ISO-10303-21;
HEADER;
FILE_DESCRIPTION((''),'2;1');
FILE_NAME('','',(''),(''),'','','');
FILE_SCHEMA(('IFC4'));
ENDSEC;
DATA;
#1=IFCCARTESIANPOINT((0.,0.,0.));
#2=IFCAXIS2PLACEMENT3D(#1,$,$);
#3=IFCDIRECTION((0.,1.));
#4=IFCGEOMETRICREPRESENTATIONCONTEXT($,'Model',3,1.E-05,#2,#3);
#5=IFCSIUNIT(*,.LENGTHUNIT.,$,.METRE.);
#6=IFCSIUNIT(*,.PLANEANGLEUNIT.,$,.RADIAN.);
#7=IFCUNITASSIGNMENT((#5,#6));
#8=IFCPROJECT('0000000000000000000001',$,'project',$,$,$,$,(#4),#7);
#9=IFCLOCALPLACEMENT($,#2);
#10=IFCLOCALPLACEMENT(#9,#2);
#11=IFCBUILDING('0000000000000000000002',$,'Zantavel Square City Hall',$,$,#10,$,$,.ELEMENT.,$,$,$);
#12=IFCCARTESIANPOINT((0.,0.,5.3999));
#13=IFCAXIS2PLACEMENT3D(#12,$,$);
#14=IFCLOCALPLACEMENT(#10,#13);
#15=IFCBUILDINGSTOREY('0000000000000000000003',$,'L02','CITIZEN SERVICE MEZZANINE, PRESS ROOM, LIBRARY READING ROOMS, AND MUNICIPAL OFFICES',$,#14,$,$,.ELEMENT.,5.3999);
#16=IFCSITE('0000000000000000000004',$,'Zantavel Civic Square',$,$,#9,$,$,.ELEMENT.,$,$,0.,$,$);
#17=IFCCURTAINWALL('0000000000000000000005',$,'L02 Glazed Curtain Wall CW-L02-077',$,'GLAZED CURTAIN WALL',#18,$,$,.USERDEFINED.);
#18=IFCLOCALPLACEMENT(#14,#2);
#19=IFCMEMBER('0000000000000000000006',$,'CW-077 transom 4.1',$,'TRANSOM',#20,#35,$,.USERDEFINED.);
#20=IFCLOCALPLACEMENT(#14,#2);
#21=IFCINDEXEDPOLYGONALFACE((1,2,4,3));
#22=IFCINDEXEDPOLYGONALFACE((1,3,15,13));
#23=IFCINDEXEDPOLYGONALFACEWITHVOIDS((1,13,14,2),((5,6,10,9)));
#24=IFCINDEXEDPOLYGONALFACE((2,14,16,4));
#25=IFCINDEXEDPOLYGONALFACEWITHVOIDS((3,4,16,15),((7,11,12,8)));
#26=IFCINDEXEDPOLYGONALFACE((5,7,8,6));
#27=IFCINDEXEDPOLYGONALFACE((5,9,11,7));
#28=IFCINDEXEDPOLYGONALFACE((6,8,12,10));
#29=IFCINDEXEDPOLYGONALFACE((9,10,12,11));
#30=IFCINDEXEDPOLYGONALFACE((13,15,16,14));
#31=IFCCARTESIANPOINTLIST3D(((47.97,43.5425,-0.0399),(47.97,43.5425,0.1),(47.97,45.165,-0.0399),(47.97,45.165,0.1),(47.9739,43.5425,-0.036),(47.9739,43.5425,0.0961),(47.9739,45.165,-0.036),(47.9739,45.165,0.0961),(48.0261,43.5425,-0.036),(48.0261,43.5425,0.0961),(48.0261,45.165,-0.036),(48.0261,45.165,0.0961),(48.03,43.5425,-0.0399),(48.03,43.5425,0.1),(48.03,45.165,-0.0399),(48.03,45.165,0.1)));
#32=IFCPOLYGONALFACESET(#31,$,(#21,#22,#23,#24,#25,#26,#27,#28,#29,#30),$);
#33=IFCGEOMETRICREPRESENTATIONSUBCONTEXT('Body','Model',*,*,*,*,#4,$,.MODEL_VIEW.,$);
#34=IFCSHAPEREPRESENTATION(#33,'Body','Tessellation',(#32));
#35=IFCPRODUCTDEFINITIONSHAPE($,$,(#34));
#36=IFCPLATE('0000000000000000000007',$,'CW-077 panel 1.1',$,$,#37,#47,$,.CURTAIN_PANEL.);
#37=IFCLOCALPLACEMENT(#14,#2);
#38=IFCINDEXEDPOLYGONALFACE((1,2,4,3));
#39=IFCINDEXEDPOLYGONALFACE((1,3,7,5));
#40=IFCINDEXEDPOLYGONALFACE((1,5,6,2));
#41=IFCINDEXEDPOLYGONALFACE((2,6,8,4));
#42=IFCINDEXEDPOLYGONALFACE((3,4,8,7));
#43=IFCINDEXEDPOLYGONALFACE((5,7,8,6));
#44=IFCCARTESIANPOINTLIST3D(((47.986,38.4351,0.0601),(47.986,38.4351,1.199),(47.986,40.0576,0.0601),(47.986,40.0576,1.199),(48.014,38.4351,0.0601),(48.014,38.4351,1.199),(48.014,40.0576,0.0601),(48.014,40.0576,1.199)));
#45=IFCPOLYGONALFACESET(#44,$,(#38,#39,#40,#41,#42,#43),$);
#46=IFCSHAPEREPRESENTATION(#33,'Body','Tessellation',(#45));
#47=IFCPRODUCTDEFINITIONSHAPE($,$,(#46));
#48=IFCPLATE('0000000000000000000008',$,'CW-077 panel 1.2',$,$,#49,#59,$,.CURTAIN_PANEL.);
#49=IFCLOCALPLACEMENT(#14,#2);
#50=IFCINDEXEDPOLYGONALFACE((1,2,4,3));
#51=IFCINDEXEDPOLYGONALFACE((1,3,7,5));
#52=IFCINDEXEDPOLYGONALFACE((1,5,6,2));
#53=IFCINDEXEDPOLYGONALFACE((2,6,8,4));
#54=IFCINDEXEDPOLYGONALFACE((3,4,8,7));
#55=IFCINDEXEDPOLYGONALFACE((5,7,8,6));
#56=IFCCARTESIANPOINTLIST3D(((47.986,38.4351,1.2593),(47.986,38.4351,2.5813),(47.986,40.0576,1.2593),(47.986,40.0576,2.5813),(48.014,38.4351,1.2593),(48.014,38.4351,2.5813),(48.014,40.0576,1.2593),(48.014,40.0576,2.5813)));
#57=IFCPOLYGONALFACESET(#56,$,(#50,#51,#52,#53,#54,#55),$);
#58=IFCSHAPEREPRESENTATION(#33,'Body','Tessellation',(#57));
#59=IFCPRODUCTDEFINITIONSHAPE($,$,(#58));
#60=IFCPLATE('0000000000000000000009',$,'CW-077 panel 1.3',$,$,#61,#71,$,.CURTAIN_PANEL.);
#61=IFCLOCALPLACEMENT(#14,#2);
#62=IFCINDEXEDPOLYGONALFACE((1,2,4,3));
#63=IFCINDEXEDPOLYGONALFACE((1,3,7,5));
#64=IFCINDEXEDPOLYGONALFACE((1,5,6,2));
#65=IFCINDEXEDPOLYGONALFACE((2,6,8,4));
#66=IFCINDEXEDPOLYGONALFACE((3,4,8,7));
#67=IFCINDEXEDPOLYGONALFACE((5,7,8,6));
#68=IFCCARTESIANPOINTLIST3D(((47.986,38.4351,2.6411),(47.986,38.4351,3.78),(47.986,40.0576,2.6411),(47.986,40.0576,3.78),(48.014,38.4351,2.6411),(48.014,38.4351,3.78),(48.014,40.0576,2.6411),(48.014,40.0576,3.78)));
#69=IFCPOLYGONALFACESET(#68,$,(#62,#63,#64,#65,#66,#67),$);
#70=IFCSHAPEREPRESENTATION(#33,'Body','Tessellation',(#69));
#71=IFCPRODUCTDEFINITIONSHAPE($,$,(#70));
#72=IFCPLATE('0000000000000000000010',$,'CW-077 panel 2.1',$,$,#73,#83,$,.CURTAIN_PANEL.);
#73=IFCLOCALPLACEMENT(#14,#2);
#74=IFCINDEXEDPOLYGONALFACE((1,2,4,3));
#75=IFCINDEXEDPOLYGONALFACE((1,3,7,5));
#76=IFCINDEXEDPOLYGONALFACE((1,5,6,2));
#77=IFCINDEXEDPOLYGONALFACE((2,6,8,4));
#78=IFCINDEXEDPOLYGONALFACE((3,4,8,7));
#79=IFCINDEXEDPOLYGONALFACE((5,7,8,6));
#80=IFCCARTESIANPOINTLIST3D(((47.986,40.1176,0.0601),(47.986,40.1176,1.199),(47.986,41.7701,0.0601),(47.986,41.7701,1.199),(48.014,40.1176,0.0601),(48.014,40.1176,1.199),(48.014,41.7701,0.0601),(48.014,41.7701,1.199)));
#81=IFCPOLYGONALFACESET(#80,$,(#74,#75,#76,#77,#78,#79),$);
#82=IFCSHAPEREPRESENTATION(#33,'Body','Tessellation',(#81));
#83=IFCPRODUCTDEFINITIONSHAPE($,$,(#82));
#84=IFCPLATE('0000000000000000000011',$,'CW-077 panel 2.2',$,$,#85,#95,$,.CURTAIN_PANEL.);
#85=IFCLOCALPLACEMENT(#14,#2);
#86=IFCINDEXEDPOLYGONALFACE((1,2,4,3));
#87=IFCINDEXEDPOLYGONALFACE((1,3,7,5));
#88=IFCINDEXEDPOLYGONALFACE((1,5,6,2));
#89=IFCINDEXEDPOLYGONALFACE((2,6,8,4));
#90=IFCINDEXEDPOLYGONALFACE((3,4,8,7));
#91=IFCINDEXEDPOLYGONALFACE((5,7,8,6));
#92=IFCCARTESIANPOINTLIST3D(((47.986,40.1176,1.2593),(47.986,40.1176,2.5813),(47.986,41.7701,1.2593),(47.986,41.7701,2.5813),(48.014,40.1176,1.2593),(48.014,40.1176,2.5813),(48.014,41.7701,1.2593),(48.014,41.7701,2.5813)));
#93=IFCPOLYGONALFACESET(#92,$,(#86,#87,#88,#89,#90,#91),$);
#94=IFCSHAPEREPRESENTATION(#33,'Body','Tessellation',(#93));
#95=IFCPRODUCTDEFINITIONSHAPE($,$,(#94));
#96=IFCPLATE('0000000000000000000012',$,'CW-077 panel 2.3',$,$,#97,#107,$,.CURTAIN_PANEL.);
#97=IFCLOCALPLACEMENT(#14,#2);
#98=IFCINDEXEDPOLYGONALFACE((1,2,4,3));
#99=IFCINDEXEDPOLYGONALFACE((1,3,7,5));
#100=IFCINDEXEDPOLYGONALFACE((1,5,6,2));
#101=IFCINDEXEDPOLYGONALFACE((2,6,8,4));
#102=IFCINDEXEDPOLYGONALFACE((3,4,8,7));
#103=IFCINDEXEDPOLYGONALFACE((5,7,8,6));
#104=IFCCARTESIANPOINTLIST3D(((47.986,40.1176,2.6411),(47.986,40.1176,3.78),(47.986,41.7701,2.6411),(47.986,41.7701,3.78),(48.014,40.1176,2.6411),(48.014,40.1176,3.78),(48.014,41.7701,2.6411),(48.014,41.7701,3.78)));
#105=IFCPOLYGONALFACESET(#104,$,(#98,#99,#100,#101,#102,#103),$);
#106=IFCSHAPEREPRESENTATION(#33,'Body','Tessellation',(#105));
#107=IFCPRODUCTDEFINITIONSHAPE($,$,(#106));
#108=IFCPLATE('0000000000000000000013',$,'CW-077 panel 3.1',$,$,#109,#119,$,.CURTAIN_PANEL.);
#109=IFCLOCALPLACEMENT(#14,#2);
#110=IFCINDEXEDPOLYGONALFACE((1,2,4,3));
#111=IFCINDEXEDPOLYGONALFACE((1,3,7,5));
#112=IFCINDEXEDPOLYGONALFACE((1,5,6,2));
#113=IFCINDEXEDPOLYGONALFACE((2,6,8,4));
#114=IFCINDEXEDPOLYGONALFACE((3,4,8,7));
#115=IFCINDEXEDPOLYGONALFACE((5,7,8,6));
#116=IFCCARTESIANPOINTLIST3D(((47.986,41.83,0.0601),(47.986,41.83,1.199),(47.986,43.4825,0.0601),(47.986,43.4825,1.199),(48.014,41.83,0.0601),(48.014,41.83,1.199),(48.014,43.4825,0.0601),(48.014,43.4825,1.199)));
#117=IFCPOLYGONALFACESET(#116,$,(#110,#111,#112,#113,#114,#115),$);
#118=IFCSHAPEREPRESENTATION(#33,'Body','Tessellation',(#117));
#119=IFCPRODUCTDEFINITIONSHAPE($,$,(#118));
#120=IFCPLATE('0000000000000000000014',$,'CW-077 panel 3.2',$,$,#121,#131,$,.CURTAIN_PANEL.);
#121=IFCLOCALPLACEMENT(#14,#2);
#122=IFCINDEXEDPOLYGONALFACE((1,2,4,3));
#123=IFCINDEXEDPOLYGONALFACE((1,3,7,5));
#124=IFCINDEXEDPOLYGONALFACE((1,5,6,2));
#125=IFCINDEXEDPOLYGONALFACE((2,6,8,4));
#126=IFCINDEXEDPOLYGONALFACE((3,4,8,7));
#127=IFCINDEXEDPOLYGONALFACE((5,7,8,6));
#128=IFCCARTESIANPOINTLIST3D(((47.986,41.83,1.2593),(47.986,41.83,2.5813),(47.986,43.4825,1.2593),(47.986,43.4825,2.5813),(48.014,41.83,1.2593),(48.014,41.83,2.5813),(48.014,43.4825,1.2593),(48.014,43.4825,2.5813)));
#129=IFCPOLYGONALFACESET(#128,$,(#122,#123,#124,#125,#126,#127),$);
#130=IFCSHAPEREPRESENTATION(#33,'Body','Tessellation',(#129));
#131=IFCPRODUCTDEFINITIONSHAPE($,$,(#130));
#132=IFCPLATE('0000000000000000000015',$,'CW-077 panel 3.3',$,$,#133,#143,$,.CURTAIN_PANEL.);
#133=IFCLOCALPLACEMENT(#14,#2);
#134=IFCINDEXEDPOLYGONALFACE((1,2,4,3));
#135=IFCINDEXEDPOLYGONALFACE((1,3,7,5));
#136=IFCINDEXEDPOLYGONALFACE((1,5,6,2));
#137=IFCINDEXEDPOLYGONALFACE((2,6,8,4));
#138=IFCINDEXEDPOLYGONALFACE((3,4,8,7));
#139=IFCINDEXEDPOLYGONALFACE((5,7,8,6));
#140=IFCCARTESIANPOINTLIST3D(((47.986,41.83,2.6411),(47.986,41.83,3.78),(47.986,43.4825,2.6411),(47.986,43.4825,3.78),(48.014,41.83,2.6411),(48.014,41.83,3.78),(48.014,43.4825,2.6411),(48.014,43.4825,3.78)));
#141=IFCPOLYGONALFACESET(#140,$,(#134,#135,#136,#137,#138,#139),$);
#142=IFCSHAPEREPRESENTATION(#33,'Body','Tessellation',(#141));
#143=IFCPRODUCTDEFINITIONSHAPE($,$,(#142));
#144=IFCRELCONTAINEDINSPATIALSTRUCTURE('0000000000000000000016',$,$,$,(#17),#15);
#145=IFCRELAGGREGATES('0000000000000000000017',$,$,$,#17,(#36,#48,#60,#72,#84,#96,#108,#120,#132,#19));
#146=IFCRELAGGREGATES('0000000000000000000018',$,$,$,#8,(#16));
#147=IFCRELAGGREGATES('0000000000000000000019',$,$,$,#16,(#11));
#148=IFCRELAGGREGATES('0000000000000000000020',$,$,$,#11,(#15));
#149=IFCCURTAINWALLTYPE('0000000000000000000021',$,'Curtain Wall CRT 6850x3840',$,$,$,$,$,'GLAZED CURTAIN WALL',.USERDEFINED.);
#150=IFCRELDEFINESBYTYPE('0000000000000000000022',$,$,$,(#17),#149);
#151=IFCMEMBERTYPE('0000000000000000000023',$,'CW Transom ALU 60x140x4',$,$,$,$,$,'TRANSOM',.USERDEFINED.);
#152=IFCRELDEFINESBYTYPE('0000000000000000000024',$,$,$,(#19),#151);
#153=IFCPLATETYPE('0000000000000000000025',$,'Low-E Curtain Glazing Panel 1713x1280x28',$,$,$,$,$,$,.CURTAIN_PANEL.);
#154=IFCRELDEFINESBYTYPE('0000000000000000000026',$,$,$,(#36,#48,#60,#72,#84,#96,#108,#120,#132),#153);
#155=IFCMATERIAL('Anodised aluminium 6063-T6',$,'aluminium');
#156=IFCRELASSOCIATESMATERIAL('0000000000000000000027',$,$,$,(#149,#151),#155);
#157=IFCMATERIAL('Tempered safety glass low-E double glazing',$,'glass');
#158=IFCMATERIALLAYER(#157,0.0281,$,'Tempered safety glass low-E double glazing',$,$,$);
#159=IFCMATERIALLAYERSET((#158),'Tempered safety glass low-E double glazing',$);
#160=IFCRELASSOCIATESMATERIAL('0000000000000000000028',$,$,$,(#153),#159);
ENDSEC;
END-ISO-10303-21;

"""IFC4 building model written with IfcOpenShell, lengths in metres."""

from ifc_helpers import new_model, si_unit, direction, frame, origin, origin_2d, place, context, subcontext, project, spatial, rectangle, hollow_rectangle, extrude, material, layer, layer_set, material_profile, profile_set, type_object, element, aggregate, save


model = new_model("IFC4")

# Units and contexts
model_context = context("Model", 3, precision=1e-05, world=origin(), true_north=direction((0.0, 1.0)))
body_context = subcontext(model_context, "Body", "Model", "MODEL_VIEW")
ifc_project = project(units=[si_unit("LENGTHUNIT", "METRE"), si_unit("PLANEANGLEUNIT", "RADIAN")], contexts=[model_context])

# Site, building, storey
site_placement = place(None, origin())
site = spatial("IfcSite", under=ifc_project, at=site_placement, Name="Zantavel Civic Square", CompositionType="ELEMENT", RefElevation=0.0)
building_placement = place(site_placement, origin())
building = spatial("IfcBuilding", under=site, at=building_placement, Name="Zantavel Square City Hall", CompositionType="ELEMENT")
storey_placement = place(building_placement, frame((0.0, 0.0, 5.3999)))
storey = spatial("IfcBuildingStorey", under=building, at=storey_placement, Name="L02", Description="CITIZEN SERVICE MEZZANINE, PRESS ROOM, LIBRARY READING ROOMS, AND MUNICIPAL OFFICES", CompositionType="ELEMENT", Elevation=5.3999)

# Curtain wall, member, plates
ifc_material_1 = material(Name="Anodised aluminium 6063-T6", Category="aluminium")
curtain_wall_type = type_object("IfcCurtainWallType", Name="Curtain Wall CRT 6850x3840", ElementType="GLAZED CURTAIN WALL", PredefinedType="USERDEFINED", material=ifc_material_1)
curtain_wall_placement = place(storey_placement, origin())
curtain_wall = element("IfcCurtainWall", 1, at=curtain_wall_placement, inside=storey, type_object=curtain_wall_type, Name="L02 Glazed Curtain Wall CW-L02-077", ObjectType="GLAZED CURTAIN WALL", PredefinedType="USERDEFINED")
ifc_material_profile_1 = material_profile(ifc_material_1, hollow_rectangle(XDim=0.0601, YDim=0.1399, WallThickness=0.0039, at=origin_2d()), Name="ALU 60x140x4")
ifc_profile_set_1 = profile_set([ifc_material_profile_1], Name="Anodised aluminium 6063-T6")
member_type_1 = type_object("IfcMemberType", Name="CW Transom ALU 60x140x4", ElementType="TRANSOM", PredefinedType="USERDEFINED", material=ifc_profile_set_1)
member_1_placement = place(storey_placement, frame((48.0, 43.5425, 0.03), z_axis=(0.0, 1.0, 0.0), x_axis=(-1.0, 0.0, 0.0)))
member_1 = element("IfcMember", 2, at=member_1_placement, type_object=member_type_1, Name="CW-077 transom 4.1", ObjectType="TRANSOM", PredefinedType="USERDEFINED", context=body_context, shape_type="SweptSolid", body=[
    extrude(hollow_rectangle(XDim=0.0601, YDim=0.1399, WallThickness=0.0039, at=origin_2d()), origin(), (0.0, 0.0, 1.0), 1.6226),
])
ifc_material_2 = material(Name="Tempered safety glass low-E double glazing", Category="glass")
ifc_layer = layer(ifc_material_2, 0.0281, Name="Tempered safety glass low-E double glazing")
ifc_layer_set = layer_set([ifc_layer], Name="Tempered safety glass low-E double glazing")
plate_type = type_object("IfcPlateType", Name="Low-E Curtain Glazing Panel 1713x1280x28", PredefinedType="CURTAIN_PANEL", material=ifc_layer_set)
plate_1_placement = place(storey_placement, frame((48.0, 39.2463, 0.0601), z_axis=(0.0, 0.0, 1.0), x_axis=(0.0, 1.0, 0.0)))
plate_1 = element("IfcPlate", 3, at=plate_1_placement, type_object=plate_type, Name="CW-077 panel 1.1", PredefinedType="CURTAIN_PANEL", context=body_context, shape_type="SweptSolid", body=[
    extrude(rectangle(XDim=1.6226, YDim=0.0281, at=origin_2d()), origin(), (0.0, 0.0, 1.0), 1.1389),
])
plate_2_placement = place(storey_placement, frame((48.0, 39.2463, 1.2593), z_axis=(0.0, 0.0, 1.0), x_axis=(0.0, 1.0, 0.0)))
plate_2 = element("IfcPlate", 4, at=plate_2_placement, type_object=plate_type, Name="CW-077 panel 1.2", PredefinedType="CURTAIN_PANEL", context=body_context, shape_type="SweptSolid", body=[
    extrude(rectangle(XDim=1.6226, YDim=0.0281, at=origin_2d()), origin(), (0.0, 0.0, 1.0), 1.322),
])
plate_3_placement = place(storey_placement, frame((48.0, 39.2463, 2.6411), z_axis=(0.0, 0.0, 1.0), x_axis=(0.0, 1.0, 0.0)))
plate_3 = element("IfcPlate", 5, at=plate_3_placement, type_object=plate_type, Name="CW-077 panel 1.3", PredefinedType="CURTAIN_PANEL", context=body_context, shape_type="SweptSolid", body=[
    extrude(rectangle(XDim=1.6226, YDim=0.0281, at=origin_2d()), origin(), (0.0, 0.0, 1.0), 1.1389),
])
plate_4_placement = place(storey_placement, frame((48.0, 40.9438, 0.0601), z_axis=(0.0, 0.0, 1.0), x_axis=(0.0, 1.0, 0.0)))
plate_4 = element("IfcPlate", 6, at=plate_4_placement, type_object=plate_type, Name="CW-077 panel 2.1", PredefinedType="CURTAIN_PANEL", context=body_context, shape_type="SweptSolid", body=[
    extrude(rectangle(XDim=1.6526, YDim=0.0281, at=origin_2d()), origin(), (0.0, 0.0, 1.0), 1.1389),
])
plate_5_placement = place(storey_placement, frame((48.0, 40.9438, 1.2593), z_axis=(0.0, 0.0, 1.0), x_axis=(0.0, 1.0, 0.0)))
plate_5 = element("IfcPlate", 7, at=plate_5_placement, type_object=plate_type, Name="CW-077 panel 2.2", PredefinedType="CURTAIN_PANEL", context=body_context, shape_type="SweptSolid", body=[
    extrude(rectangle(XDim=1.6526, YDim=0.0281, at=origin_2d()), origin(), (0.0, 0.0, 1.0), 1.322),
])
plate_6_placement = place(storey_placement, frame((48.0, 40.9438, 2.6411), z_axis=(0.0, 0.0, 1.0), x_axis=(0.0, 1.0, 0.0)))
plate_6 = element("IfcPlate", 8, at=plate_6_placement, type_object=plate_type, Name="CW-077 panel 2.3", PredefinedType="CURTAIN_PANEL", context=body_context, shape_type="SweptSolid", body=[
    extrude(rectangle(XDim=1.6526, YDim=0.0281, at=origin_2d()), origin(), (0.0, 0.0, 1.0), 1.1389),
])
plate_7_placement = place(storey_placement, frame((48.0, 42.6562, 0.0601), z_axis=(0.0, 0.0, 1.0), x_axis=(0.0, 1.0, 0.0)))
plate_7 = element("IfcPlate", 9, at=plate_7_placement, type_object=plate_type, Name="CW-077 panel 3.1", PredefinedType="CURTAIN_PANEL", context=body_context, shape_type="SweptSolid", body=[
    extrude(rectangle(XDim=1.6526, YDim=0.0281, at=origin_2d()), origin(), (0.0, 0.0, 1.0), 1.1389),
])
plate_8_placement = place(storey_placement, frame((48.0, 42.6562, 1.2593), z_axis=(0.0, 0.0, 1.0), x_axis=(0.0, 1.0, 0.0)))
plate_8 = element("IfcPlate", 10, at=plate_8_placement, type_object=plate_type, Name="CW-077 panel 3.2", PredefinedType="CURTAIN_PANEL", context=body_context, shape_type="SweptSolid", body=[
    extrude(rectangle(XDim=1.6526, YDim=0.0281, at=origin_2d()), origin(), (0.0, 0.0, 1.0), 1.322),
])
plate_9_placement = place(storey_placement, frame((48.0, 42.6562, 2.6411), z_axis=(0.0, 0.0, 1.0), x_axis=(0.0, 1.0, 0.0)))
plate_9 = element("IfcPlate", 11, at=plate_9_placement, type_object=plate_type, Name="CW-077 panel 3.3", PredefinedType="CURTAIN_PANEL", context=body_context, shape_type="SweptSolid", body=[
    extrude(rectangle(XDim=1.6526, YDim=0.0281, at=origin_2d()), origin(), (0.0, 0.0, 1.0), 1.1389),
])
aggregate(curtain_wall, [plate_1, plate_2, plate_3, plate_4, plate_5, plate_6, plate_7, plate_8, plate_9, member_1])

save(model, "model.ifc")
